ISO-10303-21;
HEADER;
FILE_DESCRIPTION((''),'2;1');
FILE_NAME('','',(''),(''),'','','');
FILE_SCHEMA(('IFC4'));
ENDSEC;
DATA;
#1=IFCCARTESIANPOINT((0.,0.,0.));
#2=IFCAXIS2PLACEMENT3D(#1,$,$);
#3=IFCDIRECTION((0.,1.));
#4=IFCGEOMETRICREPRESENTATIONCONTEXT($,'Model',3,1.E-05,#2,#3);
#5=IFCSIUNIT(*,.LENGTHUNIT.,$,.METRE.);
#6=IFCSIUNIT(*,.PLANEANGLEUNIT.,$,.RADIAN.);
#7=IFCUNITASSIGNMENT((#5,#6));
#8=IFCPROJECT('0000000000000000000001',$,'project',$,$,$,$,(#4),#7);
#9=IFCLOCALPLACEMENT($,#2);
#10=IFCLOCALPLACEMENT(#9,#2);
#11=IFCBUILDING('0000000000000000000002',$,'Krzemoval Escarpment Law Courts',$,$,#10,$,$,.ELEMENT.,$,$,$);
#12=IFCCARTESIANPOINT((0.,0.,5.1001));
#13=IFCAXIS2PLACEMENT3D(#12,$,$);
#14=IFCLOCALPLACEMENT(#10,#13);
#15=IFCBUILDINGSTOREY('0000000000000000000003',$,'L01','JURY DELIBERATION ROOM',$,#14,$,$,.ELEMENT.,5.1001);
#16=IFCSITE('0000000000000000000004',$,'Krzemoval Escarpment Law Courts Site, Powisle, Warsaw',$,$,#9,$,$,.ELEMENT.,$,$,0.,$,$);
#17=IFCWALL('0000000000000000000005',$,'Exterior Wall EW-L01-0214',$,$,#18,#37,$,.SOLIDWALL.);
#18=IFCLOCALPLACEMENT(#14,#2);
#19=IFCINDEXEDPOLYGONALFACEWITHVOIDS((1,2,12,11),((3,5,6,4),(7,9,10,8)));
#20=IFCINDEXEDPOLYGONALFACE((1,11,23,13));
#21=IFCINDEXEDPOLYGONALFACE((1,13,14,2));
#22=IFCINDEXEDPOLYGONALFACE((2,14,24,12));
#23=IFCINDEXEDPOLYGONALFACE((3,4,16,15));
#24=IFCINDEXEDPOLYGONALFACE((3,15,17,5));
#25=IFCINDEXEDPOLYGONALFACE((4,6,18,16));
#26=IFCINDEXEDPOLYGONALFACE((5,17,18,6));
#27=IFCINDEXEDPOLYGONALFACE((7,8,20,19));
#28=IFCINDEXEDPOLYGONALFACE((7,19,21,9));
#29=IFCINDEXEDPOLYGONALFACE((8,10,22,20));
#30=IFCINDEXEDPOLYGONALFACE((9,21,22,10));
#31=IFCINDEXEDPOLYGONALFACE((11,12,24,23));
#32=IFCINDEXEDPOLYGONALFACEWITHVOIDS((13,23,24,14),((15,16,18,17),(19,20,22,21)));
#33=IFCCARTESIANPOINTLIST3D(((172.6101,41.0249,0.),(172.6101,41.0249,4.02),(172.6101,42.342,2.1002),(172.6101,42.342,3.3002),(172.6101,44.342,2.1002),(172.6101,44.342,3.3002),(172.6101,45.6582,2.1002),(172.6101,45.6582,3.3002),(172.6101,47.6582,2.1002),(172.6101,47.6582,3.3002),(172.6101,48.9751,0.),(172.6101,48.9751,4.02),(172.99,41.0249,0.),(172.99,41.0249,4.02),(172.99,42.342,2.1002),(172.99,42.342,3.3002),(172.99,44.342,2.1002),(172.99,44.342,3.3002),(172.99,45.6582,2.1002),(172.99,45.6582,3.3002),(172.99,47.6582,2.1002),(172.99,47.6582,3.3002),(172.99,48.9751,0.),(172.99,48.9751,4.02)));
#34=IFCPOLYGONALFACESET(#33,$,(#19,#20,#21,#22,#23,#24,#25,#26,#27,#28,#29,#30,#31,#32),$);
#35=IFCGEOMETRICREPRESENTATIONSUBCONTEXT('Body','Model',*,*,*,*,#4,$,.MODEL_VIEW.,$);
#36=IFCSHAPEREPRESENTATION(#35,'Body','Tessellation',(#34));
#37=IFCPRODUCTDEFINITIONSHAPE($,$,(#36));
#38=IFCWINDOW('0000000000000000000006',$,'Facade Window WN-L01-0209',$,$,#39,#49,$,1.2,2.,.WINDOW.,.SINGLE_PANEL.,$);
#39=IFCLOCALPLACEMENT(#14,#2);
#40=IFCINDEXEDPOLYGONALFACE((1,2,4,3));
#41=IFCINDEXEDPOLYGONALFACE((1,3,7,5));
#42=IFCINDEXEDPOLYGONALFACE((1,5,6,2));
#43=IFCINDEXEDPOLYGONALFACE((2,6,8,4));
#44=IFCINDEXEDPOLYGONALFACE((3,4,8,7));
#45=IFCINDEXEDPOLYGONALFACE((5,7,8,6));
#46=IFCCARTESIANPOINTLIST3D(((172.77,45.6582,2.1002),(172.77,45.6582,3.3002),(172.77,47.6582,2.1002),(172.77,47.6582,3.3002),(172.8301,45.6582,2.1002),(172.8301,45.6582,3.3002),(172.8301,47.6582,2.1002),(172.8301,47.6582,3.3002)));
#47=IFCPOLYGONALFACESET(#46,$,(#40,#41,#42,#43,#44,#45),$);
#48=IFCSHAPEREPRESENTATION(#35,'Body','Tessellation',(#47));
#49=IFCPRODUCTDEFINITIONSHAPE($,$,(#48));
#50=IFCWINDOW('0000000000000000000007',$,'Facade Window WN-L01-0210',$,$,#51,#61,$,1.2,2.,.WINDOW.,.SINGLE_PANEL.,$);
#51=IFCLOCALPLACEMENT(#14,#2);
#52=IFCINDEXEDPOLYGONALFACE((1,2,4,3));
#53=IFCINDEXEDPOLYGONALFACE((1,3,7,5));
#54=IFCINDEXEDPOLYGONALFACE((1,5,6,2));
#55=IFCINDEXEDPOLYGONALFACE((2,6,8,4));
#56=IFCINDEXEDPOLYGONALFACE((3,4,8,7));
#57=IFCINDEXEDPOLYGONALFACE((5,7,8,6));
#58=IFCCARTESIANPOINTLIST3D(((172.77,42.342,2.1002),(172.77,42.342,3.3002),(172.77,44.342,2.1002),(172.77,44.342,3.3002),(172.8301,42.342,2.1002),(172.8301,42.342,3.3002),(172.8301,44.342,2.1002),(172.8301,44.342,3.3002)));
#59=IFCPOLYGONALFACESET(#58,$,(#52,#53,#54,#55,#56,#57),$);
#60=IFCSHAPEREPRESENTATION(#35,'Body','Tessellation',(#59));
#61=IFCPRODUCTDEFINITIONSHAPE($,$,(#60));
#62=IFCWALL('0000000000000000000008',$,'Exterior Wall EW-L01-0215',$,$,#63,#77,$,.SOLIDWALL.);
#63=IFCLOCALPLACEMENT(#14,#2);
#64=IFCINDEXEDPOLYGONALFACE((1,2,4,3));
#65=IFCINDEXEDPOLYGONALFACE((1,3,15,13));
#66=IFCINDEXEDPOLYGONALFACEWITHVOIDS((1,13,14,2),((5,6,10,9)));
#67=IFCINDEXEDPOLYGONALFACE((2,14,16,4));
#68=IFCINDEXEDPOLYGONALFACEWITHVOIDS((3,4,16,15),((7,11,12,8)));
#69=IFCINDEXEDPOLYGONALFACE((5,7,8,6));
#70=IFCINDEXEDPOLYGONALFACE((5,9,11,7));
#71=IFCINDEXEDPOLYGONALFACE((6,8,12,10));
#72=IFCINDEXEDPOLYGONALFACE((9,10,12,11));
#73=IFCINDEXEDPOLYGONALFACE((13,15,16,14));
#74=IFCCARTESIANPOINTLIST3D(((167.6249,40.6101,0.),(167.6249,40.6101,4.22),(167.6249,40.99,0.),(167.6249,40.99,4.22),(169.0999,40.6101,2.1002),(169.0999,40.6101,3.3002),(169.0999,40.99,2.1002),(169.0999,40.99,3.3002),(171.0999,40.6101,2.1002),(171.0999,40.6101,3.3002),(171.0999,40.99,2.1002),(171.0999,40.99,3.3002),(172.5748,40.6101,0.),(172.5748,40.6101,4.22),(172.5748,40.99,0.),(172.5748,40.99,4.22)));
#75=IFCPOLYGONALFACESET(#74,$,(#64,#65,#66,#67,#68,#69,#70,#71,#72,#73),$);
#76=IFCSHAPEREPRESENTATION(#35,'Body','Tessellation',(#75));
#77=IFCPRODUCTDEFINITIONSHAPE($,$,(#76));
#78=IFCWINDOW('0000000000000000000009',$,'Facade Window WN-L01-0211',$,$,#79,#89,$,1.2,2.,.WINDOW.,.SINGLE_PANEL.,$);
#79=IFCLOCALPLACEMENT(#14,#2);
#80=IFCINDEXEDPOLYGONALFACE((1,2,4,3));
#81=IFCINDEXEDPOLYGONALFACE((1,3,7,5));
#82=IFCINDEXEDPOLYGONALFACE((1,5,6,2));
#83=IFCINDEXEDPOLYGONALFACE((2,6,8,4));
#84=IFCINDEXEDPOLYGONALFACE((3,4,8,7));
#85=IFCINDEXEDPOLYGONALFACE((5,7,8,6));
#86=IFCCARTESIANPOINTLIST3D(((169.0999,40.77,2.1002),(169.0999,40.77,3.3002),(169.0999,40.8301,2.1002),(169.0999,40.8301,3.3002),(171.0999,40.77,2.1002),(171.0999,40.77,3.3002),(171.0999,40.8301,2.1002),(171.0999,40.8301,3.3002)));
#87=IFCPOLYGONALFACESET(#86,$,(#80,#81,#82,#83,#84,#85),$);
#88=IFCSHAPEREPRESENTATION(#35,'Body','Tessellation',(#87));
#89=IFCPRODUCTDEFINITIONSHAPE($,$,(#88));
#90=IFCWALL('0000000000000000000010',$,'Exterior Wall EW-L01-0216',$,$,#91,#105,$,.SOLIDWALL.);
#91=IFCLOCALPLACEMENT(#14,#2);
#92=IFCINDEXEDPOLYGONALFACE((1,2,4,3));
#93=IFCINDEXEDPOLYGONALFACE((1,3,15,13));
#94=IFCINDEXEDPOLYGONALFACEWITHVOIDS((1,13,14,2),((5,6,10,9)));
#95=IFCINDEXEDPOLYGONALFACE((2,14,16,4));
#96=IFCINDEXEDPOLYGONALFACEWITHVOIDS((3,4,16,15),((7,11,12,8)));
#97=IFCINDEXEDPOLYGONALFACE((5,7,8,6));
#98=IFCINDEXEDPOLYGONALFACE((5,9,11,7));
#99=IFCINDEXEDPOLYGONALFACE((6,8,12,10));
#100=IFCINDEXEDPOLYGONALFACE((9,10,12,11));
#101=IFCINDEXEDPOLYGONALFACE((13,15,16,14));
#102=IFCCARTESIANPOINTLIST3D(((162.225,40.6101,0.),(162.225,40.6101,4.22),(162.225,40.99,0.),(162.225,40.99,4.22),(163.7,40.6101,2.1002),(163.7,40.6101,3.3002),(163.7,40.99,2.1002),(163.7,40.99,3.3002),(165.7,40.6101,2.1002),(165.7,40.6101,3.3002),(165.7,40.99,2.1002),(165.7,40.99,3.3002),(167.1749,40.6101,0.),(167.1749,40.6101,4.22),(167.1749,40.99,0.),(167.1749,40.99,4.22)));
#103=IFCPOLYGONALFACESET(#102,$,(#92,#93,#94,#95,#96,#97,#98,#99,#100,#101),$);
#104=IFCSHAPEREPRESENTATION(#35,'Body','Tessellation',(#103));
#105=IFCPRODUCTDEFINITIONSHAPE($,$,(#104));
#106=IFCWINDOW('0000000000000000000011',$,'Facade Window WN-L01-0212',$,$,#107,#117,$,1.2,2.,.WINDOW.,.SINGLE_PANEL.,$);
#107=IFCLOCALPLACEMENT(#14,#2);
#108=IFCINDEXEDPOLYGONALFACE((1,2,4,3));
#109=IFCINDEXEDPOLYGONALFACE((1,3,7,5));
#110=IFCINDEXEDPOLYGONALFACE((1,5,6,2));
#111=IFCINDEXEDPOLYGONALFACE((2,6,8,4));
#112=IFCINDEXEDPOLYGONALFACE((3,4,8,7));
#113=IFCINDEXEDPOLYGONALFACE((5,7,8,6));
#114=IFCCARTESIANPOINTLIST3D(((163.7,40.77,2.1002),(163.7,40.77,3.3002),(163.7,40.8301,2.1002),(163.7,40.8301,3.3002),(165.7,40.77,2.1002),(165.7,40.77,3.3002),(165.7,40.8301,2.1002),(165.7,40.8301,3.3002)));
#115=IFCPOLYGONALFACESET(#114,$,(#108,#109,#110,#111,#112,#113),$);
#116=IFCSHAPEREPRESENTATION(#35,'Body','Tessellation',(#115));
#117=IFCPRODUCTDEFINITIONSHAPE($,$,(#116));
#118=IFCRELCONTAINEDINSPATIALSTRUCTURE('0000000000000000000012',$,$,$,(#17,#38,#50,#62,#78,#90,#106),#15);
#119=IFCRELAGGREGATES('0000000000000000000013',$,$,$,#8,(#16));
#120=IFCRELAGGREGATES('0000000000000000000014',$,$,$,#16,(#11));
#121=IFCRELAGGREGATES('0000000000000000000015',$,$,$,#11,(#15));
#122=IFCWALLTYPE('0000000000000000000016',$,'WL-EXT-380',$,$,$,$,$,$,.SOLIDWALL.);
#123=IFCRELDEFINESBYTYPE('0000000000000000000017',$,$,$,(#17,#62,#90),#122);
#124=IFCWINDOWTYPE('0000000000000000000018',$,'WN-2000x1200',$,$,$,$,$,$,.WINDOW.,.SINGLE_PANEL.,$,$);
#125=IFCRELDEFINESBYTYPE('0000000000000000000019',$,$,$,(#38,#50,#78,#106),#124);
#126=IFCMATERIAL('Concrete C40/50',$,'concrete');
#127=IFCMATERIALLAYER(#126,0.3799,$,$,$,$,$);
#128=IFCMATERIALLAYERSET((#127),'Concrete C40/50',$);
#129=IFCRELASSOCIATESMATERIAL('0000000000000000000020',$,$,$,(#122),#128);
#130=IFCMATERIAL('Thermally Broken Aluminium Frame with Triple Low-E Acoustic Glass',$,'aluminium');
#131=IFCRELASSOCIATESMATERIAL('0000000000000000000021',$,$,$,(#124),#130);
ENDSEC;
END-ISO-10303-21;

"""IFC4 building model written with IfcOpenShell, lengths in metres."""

from ifc_helpers import new_model, si_unit, direction, frame, frame_2d, origin, place, context, subcontext, project, spatial, rectangle, extrude, material, layer, layer_set, type_object, element, fill, save


model = new_model("IFC4")

# Units and contexts
model_context = context("Model", 3, precision=1e-05, world=origin(), true_north=direction((0.0, 1.0)))
body_context = subcontext(model_context, "Body", "Model", "MODEL_VIEW")
ifc_project = project(units=[si_unit("LENGTHUNIT", "METRE"), si_unit("PLANEANGLEUNIT", "RADIAN")], contexts=[model_context])

# Site, building, storey
site_placement = place(None, origin())
site = spatial("IfcSite", under=ifc_project, at=site_placement, Name="Krzemoval Escarpment Law Courts Site, Powisle, Warsaw", CompositionType="ELEMENT", RefElevation=0.0)
building_placement = place(site_placement, origin())
building = spatial("IfcBuilding", under=site, at=building_placement, Name="Krzemoval Escarpment Law Courts", CompositionType="ELEMENT")
storey_placement = place(building_placement, frame((0.0, 0.0, 5.1001)))
storey = spatial("IfcBuildingStorey", under=building, at=storey_placement, Name="L01", Description="JURY DELIBERATION ROOM", CompositionType="ELEMENT", Elevation=5.1001)

# Wall, openings, windows
ifc_material_1 = material(Name="Concrete C40/50", Category="concrete")
ifc_layer = layer(ifc_material_1, 0.3799)
ifc_layer_set = layer_set([ifc_layer], Name="Concrete C40/50")
wall_type = type_object("IfcWallType", Name="WL-EXT-380", PredefinedType="SOLIDWALL", material=ifc_layer_set)
wall_1_placement = place(storey_placement, frame((172.8, 48.9751, 0.0), z_axis=(0.0, 0.0, 1.0), x_axis=(0.0, -1.0, 0.0)))
wall_1 = element("IfcWall", 1, at=wall_1_placement, inside=storey, type_object=wall_type, Name="Exterior Wall EW-L01-0214", PredefinedType="SOLIDWALL", context=body_context, shape_type="SweptSolid", body=[
    extrude(rectangle(XDim=7.9502, YDim=0.3799, at=frame_2d((3.9751, 0.0))), origin(), (0.0, 0.0, 1.0), 4.02),
])
opening_1_placement = place(wall_1_placement, frame((1.3169, 0.0, 2.1001)))
opening_1 = element("IfcOpeningElement", 2, at=opening_1_placement, cuts=wall_1, PredefinedType="OPENING", context=body_context, shape_type="SweptSolid", body=[
    extrude(rectangle(XDim=2.0, YDim=1.2, at=frame_2d((1.0, 0.6001))), frame((0.0, 0.2049, 0.0), z_axis=(0.0, -1.0, 0.0), x_axis=(1.0, 0.0, 0.0)), (0.0, 0.0, 1.0), 0.4099),
])
opening_2_placement = place(wall_1_placement, frame((4.6331, 0.0, 2.1001)))
opening_2 = element("IfcOpeningElement", 3, at=opening_2_placement, cuts=wall_1, PredefinedType="OPENING", context=body_context, shape_type="SweptSolid", body=[
    extrude(rectangle(XDim=2.0, YDim=1.2, at=frame_2d((1.0, 0.6001))), frame((0.0, 0.2049, 0.0), z_axis=(0.0, -1.0, 0.0), x_axis=(1.0, 0.0, 0.0)), (0.0, 0.0, 1.0), 0.4099),
])
ifc_material_2 = material(Name="Thermally Broken Aluminium Frame with Triple Low-E Acoustic Glass", Category="aluminium")
window_type = type_object("IfcWindowType", Name="WN-2000x1200", PartitioningType="SINGLE_PANEL", PredefinedType="WINDOW", material=ifc_material_2)
window_1_placement = place(opening_1_placement, origin())
window_1 = element("IfcWindow", 4, at=window_1_placement, inside=storey, type_object=window_type, Name="Facade Window WN-L01-0209", OverallHeight=1.2, OverallWidth=2.0, PartitioningType="SINGLE_PANEL", PredefinedType="WINDOW", context=body_context, shape_type="SweptSolid", body=[
    extrude(rectangle(XDim=2.0, YDim=1.2, at=frame_2d((1.0, 0.6001))), frame((0.0, 0.03, 0.0), z_axis=(0.0, -1.0, 0.0), x_axis=(1.0, 0.0, 0.0)), (0.0, 0.0, 1.0), 0.0601),
])
fill(opening_1, window_1)
window_2_placement = place(opening_2_placement, origin())
window_2 = element("IfcWindow", 5, at=window_2_placement, inside=storey, type_object=window_type, Name="Facade Window WN-L01-0210", OverallHeight=1.2, OverallWidth=2.0, PartitioningType="SINGLE_PANEL", PredefinedType="WINDOW", context=body_context, shape_type="SweptSolid", body=[
    extrude(rectangle(XDim=2.0, YDim=1.2, at=frame_2d((1.0, 0.6001))), frame((0.0, 0.03, 0.0), z_axis=(0.0, -1.0, 0.0), x_axis=(1.0, 0.0, 0.0)), (0.0, 0.0, 1.0), 0.0601),
])
fill(opening_2, window_2)

# Walls, openings, windows
wall_2_placement = place(storey_placement, frame((172.575, 40.8, 0.0), z_axis=(0.0, 0.0, 1.0), x_axis=(-1.0, 0.0, 0.0)))
wall_2 = element("IfcWall", 6, at=wall_2_placement, inside=storey, type_object=wall_type, Name="Exterior Wall EW-L01-0215", PredefinedType="SOLIDWALL", context=body_context, shape_type="SweptSolid", body=[
    extrude(rectangle(XDim=4.95, YDim=0.3799, at=frame_2d((2.4751, 0.0))), origin(), (0.0, 0.0, 1.0), 4.22),
])
opening_3_placement = place(wall_2_placement, frame((1.4751, 0.0, 2.1001)))
opening_3 = element("IfcOpeningElement", 7, at=opening_3_placement, cuts=wall_2, PredefinedType="OPENING", context=body_context, shape_type="SweptSolid", body=[
    extrude(rectangle(XDim=2.0, YDim=1.2, at=frame_2d((1.0, 0.6001))), frame((0.0, 0.2049, 0.0), z_axis=(0.0, -1.0, 0.0), x_axis=(1.0, 0.0, 0.0)), (0.0, 0.0, 1.0), 0.4099),
])
window_3_placement = place(opening_3_placement, origin())
window_3 = element("IfcWindow", 8, at=window_3_placement, inside=storey, type_object=window_type, Name="Facade Window WN-L01-0211", OverallHeight=1.2, OverallWidth=2.0, PartitioningType="SINGLE_PANEL", PredefinedType="WINDOW", context=body_context, shape_type="SweptSolid", body=[
    extrude(rectangle(XDim=2.0, YDim=1.2, at=frame_2d((1.0, 0.6001))), frame((0.0, 0.03, 0.0), z_axis=(0.0, -1.0, 0.0), x_axis=(1.0, 0.0, 0.0)), (0.0, 0.0, 1.0), 0.0601),
])
fill(opening_3, window_3)
wall_3_placement = place(storey_placement, frame((167.175, 40.8, 0.0), z_axis=(0.0, 0.0, 1.0), x_axis=(-1.0, 0.0, 0.0)))
wall_3 = element("IfcWall", 9, at=wall_3_placement, inside=storey, type_object=wall_type, Name="Exterior Wall EW-L01-0216", PredefinedType="SOLIDWALL", context=body_context, shape_type="SweptSolid", body=[
    extrude(rectangle(XDim=4.95, YDim=0.3799, at=frame_2d((2.4751, 0.0))), origin(), (0.0, 0.0, 1.0), 4.22),
])
opening_4_placement = place(wall_3_placement, frame((1.4751, 0.0, 2.1001)))
opening_4 = element("IfcOpeningElement", 10, at=opening_4_placement, cuts=wall_3, PredefinedType="OPENING", context=body_context, shape_type="SweptSolid", body=[
    extrude(rectangle(XDim=2.0, YDim=1.2, at=frame_2d((1.0, 0.6001))), frame((0.0, 0.2049, 0.0), z_axis=(0.0, -1.0, 0.0), x_axis=(1.0, 0.0, 0.0)), (0.0, 0.0, 1.0), 0.4099),
])
window_4_placement = place(opening_4_placement, origin())
window_4 = element("IfcWindow", 11, at=window_4_placement, inside=storey, type_object=window_type, Name="Facade Window WN-L01-0212", OverallHeight=1.2, OverallWidth=2.0, PartitioningType="SINGLE_PANEL", PredefinedType="WINDOW", context=body_context, shape_type="SweptSolid", body=[
    extrude(rectangle(XDim=2.0, YDim=1.2, at=frame_2d((1.0, 0.6001))), frame((0.0, 0.03, 0.0), z_axis=(0.0, -1.0, 0.0), x_axis=(1.0, 0.0, 0.0)), (0.0, 0.0, 1.0), 0.0601),
])
fill(opening_4, window_4)

save(model, "model.ifc")
